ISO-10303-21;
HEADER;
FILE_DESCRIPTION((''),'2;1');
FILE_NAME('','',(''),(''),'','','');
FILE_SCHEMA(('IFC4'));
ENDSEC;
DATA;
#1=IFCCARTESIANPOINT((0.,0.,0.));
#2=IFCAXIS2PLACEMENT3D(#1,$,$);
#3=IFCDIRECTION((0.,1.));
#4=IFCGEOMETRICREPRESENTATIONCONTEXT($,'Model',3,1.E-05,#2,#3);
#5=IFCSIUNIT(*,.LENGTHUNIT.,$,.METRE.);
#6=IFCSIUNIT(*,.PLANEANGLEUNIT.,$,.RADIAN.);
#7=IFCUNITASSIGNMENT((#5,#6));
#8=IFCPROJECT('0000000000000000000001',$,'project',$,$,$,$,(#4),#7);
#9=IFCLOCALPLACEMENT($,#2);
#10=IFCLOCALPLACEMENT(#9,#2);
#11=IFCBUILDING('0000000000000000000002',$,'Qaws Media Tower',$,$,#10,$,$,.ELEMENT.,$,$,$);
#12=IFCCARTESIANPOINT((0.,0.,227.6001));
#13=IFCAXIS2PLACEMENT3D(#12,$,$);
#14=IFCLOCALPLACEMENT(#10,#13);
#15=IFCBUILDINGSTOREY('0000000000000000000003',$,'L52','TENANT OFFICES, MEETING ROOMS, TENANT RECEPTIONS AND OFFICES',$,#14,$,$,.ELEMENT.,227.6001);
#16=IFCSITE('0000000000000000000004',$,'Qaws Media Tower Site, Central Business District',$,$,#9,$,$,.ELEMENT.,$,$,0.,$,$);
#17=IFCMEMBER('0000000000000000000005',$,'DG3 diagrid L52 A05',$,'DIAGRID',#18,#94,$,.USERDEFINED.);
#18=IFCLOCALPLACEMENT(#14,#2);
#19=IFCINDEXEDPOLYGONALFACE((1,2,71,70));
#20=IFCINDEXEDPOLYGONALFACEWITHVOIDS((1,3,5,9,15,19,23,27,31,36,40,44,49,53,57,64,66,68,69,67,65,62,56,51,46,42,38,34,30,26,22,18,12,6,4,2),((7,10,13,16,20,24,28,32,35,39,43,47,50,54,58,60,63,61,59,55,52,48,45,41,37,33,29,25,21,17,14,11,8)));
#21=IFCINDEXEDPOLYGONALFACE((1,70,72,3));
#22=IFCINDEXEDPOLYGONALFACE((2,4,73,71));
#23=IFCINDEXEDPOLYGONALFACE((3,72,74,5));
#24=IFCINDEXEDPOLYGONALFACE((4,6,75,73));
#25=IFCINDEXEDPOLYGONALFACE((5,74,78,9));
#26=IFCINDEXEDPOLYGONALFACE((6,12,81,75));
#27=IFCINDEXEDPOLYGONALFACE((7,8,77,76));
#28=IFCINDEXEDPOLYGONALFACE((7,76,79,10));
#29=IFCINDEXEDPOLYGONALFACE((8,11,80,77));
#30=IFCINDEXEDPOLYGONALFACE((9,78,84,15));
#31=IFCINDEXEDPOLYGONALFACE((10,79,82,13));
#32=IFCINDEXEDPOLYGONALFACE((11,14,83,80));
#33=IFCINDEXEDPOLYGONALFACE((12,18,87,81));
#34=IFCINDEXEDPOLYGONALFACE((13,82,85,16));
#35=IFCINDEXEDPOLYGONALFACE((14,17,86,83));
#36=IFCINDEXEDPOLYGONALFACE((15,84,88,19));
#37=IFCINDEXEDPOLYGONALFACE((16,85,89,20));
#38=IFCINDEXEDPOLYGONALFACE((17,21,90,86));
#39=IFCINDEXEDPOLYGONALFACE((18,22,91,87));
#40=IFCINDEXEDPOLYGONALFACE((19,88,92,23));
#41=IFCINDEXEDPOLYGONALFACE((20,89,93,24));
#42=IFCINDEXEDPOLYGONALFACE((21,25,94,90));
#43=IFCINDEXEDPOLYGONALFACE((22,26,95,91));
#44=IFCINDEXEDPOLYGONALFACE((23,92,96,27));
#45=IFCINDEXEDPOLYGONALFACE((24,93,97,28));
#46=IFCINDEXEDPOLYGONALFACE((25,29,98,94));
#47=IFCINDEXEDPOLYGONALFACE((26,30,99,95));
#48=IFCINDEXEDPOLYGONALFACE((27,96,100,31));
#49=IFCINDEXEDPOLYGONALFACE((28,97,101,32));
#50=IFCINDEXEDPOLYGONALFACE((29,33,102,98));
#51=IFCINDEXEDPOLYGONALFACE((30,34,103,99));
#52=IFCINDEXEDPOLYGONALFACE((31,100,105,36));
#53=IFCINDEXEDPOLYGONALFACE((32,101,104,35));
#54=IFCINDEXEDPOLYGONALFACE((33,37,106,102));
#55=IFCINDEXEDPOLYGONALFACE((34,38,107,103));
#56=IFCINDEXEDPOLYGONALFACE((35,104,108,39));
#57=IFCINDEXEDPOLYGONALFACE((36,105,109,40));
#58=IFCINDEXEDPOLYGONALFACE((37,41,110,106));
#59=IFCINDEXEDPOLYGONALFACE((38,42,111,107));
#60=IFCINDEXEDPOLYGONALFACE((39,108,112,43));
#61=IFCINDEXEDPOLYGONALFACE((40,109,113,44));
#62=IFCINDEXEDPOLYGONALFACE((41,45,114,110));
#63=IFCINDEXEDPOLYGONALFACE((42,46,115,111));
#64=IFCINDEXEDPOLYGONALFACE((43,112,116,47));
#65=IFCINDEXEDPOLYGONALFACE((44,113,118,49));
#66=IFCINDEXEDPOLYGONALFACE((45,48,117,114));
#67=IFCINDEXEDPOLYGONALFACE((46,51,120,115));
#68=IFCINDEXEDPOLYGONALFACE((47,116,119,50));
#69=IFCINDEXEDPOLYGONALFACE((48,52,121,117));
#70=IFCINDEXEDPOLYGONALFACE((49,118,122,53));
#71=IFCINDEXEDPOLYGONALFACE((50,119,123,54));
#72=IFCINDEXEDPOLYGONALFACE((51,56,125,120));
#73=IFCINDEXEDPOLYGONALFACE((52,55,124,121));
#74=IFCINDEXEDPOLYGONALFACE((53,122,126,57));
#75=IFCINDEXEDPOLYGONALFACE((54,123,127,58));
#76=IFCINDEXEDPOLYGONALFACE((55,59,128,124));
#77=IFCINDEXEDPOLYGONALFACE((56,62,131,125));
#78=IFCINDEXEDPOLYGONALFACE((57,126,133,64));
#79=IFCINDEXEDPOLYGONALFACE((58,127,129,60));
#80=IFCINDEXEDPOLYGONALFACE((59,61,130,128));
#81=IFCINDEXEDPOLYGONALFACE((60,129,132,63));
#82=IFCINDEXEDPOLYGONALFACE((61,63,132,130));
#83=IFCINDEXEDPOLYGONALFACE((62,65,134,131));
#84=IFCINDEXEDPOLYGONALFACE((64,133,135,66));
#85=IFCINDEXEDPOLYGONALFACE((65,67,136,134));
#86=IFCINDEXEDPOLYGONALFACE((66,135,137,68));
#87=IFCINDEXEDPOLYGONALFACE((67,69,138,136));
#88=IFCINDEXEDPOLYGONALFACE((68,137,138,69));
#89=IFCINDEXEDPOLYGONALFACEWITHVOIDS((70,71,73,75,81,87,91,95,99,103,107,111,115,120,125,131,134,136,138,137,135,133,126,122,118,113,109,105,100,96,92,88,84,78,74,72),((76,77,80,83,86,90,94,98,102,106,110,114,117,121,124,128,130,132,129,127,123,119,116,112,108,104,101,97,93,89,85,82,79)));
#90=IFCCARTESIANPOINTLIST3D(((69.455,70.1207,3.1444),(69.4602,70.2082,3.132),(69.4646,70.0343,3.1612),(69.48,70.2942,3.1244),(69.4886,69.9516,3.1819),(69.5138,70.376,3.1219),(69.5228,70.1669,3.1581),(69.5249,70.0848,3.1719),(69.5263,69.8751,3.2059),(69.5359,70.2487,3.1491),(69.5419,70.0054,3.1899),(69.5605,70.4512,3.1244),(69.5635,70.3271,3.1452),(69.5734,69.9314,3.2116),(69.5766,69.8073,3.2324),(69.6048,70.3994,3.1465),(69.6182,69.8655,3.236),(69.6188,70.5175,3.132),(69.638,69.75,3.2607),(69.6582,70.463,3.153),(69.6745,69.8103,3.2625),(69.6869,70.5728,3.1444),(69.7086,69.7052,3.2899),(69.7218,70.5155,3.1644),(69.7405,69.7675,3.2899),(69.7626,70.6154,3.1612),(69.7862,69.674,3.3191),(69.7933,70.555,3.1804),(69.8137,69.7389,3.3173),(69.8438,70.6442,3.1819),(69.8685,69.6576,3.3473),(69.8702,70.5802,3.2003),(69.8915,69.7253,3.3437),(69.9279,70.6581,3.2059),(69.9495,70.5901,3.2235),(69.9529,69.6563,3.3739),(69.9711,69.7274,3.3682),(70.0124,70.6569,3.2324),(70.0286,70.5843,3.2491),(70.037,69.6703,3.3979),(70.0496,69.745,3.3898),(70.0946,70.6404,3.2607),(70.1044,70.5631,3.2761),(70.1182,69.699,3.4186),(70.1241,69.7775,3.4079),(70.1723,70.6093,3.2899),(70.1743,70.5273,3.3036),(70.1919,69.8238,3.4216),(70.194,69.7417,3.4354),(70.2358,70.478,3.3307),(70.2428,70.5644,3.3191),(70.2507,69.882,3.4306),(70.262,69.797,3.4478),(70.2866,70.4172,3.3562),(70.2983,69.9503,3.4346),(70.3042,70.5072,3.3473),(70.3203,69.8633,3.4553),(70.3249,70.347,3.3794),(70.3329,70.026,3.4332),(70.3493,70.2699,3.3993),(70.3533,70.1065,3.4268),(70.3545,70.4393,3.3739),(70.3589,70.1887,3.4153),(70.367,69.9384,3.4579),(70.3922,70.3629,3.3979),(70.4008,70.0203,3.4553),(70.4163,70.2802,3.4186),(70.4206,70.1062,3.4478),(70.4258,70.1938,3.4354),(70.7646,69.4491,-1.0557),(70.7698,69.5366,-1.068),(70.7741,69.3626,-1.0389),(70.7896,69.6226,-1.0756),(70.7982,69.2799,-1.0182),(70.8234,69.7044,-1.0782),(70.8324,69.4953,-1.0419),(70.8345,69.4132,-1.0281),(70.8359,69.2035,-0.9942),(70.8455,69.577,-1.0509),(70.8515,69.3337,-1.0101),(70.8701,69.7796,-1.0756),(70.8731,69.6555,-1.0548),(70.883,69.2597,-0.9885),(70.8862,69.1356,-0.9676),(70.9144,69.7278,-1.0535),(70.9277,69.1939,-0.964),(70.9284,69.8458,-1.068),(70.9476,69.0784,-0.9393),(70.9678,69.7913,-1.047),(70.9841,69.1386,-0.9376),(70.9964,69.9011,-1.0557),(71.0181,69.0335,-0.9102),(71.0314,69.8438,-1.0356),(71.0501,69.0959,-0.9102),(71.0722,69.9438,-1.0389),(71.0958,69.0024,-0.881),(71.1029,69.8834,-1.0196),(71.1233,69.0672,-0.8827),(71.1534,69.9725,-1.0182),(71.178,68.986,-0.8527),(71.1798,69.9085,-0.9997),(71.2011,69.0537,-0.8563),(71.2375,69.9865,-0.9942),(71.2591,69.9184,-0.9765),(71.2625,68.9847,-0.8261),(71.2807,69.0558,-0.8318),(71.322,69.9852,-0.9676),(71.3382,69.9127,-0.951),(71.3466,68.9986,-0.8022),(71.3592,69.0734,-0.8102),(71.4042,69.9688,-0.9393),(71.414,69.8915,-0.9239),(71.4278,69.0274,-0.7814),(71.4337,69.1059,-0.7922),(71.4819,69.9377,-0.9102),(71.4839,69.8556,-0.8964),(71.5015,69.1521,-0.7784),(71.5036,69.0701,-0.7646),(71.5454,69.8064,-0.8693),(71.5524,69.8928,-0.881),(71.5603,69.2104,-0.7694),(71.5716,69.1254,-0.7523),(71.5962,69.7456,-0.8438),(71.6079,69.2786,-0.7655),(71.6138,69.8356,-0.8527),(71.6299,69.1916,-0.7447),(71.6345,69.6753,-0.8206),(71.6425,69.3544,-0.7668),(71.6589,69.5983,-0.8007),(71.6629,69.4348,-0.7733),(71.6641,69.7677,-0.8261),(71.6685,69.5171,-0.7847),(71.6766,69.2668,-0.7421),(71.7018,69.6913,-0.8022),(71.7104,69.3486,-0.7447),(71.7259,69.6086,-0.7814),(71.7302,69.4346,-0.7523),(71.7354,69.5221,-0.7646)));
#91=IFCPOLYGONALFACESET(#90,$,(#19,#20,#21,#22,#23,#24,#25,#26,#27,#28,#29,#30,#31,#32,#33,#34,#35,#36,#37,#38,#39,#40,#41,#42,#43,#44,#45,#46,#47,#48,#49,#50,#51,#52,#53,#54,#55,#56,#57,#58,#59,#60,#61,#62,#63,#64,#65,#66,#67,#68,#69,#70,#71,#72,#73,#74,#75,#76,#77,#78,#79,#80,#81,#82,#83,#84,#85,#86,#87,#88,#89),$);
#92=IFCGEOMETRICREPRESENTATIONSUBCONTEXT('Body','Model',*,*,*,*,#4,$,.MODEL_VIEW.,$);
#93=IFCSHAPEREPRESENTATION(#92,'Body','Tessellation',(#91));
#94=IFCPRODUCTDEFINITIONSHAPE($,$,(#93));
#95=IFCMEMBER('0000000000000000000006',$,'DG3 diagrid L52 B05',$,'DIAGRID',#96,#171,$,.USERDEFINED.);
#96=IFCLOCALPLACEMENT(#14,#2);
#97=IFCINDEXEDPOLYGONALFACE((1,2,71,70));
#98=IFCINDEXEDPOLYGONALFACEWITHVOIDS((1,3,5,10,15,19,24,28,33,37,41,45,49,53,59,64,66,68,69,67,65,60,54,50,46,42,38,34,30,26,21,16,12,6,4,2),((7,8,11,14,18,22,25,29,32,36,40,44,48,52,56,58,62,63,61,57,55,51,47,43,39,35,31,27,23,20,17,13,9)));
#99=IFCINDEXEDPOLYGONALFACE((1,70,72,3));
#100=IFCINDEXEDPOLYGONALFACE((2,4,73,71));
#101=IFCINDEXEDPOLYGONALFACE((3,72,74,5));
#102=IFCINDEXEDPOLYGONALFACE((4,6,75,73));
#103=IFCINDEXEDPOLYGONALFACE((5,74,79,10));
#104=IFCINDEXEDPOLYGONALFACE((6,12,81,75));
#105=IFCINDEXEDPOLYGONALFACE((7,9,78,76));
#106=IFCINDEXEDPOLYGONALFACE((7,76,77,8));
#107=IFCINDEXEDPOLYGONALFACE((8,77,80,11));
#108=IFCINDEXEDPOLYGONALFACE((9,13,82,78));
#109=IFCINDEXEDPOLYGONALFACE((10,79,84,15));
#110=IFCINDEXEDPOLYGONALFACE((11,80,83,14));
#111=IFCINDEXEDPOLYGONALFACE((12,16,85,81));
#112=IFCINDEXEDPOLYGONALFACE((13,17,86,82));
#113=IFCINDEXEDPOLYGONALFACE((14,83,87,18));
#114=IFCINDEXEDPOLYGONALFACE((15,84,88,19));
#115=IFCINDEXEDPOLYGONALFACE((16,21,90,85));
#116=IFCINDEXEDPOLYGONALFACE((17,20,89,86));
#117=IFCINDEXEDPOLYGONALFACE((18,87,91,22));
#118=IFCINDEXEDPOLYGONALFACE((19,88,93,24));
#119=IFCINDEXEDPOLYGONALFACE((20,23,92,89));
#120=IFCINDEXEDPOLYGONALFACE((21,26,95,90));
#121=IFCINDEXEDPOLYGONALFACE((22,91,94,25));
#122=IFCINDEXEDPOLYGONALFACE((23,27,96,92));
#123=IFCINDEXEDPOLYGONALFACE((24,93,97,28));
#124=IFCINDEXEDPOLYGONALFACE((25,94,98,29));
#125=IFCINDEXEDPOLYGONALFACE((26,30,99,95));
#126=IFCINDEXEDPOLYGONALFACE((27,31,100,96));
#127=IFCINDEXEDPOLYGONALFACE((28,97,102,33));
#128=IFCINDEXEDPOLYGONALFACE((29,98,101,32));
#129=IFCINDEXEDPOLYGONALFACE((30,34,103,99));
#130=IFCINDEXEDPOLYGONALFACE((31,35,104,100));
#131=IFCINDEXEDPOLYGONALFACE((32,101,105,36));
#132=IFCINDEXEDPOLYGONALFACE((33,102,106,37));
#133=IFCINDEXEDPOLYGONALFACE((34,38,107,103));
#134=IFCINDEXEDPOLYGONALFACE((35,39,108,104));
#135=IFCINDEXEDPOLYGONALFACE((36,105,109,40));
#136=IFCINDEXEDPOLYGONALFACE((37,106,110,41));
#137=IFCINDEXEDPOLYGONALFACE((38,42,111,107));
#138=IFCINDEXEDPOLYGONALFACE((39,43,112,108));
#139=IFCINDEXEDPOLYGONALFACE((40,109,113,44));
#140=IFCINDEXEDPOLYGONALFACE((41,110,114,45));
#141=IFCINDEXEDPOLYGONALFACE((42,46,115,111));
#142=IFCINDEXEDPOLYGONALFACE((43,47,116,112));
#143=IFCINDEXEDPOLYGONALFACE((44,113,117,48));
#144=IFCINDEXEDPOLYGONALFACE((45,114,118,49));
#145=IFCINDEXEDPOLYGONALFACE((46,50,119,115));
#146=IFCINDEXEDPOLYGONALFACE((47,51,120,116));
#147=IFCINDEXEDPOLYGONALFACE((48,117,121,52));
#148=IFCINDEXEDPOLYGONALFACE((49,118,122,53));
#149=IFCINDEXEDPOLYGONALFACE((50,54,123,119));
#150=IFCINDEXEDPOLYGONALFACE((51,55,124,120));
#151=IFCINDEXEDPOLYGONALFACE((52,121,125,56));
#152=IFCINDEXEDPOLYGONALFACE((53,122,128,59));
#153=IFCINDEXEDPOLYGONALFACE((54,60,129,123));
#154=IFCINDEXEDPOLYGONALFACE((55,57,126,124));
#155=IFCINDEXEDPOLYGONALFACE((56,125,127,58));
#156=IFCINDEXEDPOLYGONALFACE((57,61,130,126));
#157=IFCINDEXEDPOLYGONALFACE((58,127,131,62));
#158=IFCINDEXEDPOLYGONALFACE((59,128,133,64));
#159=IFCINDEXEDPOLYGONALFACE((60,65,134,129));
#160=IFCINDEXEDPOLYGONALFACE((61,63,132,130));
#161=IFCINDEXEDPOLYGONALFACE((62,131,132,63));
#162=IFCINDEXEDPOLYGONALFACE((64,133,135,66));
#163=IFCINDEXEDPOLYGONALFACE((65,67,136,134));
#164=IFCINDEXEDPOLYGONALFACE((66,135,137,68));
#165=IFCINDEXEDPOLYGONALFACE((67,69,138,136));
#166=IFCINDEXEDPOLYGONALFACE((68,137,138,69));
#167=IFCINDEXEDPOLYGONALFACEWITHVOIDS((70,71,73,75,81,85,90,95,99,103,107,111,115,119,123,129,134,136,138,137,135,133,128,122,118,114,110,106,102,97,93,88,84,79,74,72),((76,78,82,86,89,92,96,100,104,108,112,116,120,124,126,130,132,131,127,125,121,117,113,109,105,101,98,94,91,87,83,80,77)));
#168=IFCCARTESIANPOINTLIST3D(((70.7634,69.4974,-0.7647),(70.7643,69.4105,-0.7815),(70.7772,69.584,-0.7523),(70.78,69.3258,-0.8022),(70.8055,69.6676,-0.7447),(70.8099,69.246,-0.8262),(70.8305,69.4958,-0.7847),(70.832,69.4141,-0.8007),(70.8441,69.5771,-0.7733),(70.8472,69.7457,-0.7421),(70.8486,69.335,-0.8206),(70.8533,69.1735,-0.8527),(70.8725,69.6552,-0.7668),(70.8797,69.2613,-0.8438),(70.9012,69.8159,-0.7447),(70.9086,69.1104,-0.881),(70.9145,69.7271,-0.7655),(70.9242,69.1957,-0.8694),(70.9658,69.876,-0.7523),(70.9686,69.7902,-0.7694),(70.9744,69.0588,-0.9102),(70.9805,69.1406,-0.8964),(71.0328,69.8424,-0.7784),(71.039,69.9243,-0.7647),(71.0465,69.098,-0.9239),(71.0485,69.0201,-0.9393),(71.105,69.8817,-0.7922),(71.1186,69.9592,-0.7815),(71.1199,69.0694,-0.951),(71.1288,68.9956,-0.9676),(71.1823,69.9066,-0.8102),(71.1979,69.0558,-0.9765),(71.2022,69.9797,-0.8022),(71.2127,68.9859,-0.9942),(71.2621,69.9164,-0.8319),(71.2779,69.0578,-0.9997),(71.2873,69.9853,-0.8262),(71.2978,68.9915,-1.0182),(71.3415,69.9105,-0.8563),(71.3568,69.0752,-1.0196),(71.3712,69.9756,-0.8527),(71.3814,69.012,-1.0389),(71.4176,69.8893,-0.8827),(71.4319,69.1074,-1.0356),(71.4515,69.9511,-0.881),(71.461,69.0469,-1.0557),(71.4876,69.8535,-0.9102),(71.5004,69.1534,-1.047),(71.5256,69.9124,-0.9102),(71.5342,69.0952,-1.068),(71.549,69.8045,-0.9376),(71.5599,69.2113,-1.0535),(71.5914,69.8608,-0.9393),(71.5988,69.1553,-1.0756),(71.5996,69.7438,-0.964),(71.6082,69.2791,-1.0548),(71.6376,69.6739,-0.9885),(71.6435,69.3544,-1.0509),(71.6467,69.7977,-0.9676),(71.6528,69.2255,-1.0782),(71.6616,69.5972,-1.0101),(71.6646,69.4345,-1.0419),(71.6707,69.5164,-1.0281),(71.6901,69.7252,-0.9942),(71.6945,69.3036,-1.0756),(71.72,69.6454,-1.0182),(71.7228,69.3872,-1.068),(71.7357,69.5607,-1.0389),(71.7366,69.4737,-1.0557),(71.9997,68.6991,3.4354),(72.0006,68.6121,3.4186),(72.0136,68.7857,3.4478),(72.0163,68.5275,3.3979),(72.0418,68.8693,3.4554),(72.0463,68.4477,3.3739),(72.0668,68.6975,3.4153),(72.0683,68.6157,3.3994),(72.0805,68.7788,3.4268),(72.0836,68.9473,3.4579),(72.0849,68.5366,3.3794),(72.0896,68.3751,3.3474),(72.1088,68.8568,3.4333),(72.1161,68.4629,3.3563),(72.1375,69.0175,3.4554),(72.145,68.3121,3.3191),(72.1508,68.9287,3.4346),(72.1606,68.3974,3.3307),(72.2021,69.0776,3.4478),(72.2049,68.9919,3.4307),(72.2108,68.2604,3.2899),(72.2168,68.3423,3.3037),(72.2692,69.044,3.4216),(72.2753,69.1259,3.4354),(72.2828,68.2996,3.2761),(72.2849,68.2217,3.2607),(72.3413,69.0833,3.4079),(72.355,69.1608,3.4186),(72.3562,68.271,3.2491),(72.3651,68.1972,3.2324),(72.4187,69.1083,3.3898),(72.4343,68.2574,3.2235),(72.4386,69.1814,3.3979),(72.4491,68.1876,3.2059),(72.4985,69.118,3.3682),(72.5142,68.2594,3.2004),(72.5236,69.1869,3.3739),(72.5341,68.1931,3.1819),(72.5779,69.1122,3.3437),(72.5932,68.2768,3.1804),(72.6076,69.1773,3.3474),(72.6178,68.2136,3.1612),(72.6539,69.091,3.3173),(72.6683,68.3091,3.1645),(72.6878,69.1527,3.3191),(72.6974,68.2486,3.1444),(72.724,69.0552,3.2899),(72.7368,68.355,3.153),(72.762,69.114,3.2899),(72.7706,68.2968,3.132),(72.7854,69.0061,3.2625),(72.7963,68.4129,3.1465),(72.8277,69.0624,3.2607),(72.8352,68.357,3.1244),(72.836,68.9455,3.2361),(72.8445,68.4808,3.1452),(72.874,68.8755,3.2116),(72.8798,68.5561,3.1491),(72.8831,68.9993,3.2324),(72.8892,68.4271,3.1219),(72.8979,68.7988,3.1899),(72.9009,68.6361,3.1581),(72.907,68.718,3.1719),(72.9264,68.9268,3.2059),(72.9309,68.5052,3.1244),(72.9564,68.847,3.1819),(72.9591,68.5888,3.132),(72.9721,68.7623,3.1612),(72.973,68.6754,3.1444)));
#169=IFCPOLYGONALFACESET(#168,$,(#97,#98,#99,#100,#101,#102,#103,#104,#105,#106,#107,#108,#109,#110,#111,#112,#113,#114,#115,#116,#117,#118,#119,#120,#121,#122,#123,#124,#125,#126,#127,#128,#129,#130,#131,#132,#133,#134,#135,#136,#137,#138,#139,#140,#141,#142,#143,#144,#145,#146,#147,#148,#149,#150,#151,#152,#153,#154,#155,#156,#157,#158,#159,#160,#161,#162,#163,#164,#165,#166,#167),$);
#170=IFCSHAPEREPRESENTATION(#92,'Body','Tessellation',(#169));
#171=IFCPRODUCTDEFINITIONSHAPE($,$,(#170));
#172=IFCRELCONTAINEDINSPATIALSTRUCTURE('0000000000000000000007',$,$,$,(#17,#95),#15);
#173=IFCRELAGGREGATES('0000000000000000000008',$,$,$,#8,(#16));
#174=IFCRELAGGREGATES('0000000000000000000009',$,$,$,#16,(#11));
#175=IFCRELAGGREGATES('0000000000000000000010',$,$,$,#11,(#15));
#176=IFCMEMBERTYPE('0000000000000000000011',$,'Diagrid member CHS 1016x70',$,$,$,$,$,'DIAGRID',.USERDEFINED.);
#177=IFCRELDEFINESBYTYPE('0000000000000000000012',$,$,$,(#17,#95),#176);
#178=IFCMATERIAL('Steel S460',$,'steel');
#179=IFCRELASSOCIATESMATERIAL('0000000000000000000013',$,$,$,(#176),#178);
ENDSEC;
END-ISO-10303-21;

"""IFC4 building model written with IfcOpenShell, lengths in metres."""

from ifc_helpers import new_model, si_unit, direction, frame, origin, origin_2d, place, context, subcontext, project, spatial, hollow_circle, extrude, material, material_profile, profile_set, type_object, element, save


model = new_model("IFC4")

# Units and contexts
model_context = context("Model", 3, precision=1e-05, world=origin(), true_north=direction((0.0, 1.0)))
body_context = subcontext(model_context, "Body", "Model", "MODEL_VIEW")
ifc_project = project(units=[si_unit("LENGTHUNIT", "METRE"), si_unit("PLANEANGLEUNIT", "RADIAN")], contexts=[model_context])

# Site, building, storey
site_placement = place(None, origin())
site = spatial("IfcSite", under=ifc_project, at=site_placement, Name="Qaws Media Tower Site, Central Business District", CompositionType="ELEMENT", RefElevation=0.0)
building_placement = place(site_placement, origin())
building = spatial("IfcBuilding", under=site, at=building_placement, Name="Qaws Media Tower", CompositionType="ELEMENT")
storey_placement = place(building_placement, frame((0.0, 0.0, 227.6001)))
storey = spatial("IfcBuildingStorey", under=building, at=storey_placement, Name="L52", Description="TENANT OFFICES, MEETING ROOMS, TENANT RECEPTIONS AND OFFICES", CompositionType="ELEMENT", Elevation=227.6001)

# Members
ifc_material_1 = material(Name="Steel S460", Category="steel")
ifc_material_profile_1 = material_profile(ifc_material_1, hollow_circle(Radius=0.5081, WallThickness=0.0701, at=origin_2d()), Name="CHS 1016x70")
ifc_profile_set_1 = profile_set([ifc_material_profile_1], Name="Steel S460")
member_type_1 = type_object("IfcMemberType", Name="Diagrid member CHS 1016x70", ElementType="DIAGRID", PredefinedType="USERDEFINED", material=ifc_profile_set_1)
for number, where, z_axis, x_axis, name in (
    (1, (71.25, 69.4856, -0.9102), (-0.294262, 0.150916, 0.943734), (-0.456347, -0.889802, 0.0), "DG3 diagrid L52 A05"),
    (2, (71.25, 69.4856, -0.9102), (0.277806, -0.179389, 0.943739), (0.542467, 0.840077, 0.0), "DG3 diagrid L52 B05"),
):
    element("IfcMember", number, at=place(storey_placement, frame(where, z_axis=z_axis, x_axis=x_axis)), inside=storey, type_object=member_type_1, Name=name, ObjectType="DIAGRID", PredefinedType="USERDEFINED", context=body_context, shape_type="SweptSolid", body=[
        extrude(hollow_circle(Radius=0.5081, WallThickness=0.0701, at=origin_2d()), origin(), (0.0, 0.0, 1.0), 4.4504),
    ])

save(model, "model.ifc")
